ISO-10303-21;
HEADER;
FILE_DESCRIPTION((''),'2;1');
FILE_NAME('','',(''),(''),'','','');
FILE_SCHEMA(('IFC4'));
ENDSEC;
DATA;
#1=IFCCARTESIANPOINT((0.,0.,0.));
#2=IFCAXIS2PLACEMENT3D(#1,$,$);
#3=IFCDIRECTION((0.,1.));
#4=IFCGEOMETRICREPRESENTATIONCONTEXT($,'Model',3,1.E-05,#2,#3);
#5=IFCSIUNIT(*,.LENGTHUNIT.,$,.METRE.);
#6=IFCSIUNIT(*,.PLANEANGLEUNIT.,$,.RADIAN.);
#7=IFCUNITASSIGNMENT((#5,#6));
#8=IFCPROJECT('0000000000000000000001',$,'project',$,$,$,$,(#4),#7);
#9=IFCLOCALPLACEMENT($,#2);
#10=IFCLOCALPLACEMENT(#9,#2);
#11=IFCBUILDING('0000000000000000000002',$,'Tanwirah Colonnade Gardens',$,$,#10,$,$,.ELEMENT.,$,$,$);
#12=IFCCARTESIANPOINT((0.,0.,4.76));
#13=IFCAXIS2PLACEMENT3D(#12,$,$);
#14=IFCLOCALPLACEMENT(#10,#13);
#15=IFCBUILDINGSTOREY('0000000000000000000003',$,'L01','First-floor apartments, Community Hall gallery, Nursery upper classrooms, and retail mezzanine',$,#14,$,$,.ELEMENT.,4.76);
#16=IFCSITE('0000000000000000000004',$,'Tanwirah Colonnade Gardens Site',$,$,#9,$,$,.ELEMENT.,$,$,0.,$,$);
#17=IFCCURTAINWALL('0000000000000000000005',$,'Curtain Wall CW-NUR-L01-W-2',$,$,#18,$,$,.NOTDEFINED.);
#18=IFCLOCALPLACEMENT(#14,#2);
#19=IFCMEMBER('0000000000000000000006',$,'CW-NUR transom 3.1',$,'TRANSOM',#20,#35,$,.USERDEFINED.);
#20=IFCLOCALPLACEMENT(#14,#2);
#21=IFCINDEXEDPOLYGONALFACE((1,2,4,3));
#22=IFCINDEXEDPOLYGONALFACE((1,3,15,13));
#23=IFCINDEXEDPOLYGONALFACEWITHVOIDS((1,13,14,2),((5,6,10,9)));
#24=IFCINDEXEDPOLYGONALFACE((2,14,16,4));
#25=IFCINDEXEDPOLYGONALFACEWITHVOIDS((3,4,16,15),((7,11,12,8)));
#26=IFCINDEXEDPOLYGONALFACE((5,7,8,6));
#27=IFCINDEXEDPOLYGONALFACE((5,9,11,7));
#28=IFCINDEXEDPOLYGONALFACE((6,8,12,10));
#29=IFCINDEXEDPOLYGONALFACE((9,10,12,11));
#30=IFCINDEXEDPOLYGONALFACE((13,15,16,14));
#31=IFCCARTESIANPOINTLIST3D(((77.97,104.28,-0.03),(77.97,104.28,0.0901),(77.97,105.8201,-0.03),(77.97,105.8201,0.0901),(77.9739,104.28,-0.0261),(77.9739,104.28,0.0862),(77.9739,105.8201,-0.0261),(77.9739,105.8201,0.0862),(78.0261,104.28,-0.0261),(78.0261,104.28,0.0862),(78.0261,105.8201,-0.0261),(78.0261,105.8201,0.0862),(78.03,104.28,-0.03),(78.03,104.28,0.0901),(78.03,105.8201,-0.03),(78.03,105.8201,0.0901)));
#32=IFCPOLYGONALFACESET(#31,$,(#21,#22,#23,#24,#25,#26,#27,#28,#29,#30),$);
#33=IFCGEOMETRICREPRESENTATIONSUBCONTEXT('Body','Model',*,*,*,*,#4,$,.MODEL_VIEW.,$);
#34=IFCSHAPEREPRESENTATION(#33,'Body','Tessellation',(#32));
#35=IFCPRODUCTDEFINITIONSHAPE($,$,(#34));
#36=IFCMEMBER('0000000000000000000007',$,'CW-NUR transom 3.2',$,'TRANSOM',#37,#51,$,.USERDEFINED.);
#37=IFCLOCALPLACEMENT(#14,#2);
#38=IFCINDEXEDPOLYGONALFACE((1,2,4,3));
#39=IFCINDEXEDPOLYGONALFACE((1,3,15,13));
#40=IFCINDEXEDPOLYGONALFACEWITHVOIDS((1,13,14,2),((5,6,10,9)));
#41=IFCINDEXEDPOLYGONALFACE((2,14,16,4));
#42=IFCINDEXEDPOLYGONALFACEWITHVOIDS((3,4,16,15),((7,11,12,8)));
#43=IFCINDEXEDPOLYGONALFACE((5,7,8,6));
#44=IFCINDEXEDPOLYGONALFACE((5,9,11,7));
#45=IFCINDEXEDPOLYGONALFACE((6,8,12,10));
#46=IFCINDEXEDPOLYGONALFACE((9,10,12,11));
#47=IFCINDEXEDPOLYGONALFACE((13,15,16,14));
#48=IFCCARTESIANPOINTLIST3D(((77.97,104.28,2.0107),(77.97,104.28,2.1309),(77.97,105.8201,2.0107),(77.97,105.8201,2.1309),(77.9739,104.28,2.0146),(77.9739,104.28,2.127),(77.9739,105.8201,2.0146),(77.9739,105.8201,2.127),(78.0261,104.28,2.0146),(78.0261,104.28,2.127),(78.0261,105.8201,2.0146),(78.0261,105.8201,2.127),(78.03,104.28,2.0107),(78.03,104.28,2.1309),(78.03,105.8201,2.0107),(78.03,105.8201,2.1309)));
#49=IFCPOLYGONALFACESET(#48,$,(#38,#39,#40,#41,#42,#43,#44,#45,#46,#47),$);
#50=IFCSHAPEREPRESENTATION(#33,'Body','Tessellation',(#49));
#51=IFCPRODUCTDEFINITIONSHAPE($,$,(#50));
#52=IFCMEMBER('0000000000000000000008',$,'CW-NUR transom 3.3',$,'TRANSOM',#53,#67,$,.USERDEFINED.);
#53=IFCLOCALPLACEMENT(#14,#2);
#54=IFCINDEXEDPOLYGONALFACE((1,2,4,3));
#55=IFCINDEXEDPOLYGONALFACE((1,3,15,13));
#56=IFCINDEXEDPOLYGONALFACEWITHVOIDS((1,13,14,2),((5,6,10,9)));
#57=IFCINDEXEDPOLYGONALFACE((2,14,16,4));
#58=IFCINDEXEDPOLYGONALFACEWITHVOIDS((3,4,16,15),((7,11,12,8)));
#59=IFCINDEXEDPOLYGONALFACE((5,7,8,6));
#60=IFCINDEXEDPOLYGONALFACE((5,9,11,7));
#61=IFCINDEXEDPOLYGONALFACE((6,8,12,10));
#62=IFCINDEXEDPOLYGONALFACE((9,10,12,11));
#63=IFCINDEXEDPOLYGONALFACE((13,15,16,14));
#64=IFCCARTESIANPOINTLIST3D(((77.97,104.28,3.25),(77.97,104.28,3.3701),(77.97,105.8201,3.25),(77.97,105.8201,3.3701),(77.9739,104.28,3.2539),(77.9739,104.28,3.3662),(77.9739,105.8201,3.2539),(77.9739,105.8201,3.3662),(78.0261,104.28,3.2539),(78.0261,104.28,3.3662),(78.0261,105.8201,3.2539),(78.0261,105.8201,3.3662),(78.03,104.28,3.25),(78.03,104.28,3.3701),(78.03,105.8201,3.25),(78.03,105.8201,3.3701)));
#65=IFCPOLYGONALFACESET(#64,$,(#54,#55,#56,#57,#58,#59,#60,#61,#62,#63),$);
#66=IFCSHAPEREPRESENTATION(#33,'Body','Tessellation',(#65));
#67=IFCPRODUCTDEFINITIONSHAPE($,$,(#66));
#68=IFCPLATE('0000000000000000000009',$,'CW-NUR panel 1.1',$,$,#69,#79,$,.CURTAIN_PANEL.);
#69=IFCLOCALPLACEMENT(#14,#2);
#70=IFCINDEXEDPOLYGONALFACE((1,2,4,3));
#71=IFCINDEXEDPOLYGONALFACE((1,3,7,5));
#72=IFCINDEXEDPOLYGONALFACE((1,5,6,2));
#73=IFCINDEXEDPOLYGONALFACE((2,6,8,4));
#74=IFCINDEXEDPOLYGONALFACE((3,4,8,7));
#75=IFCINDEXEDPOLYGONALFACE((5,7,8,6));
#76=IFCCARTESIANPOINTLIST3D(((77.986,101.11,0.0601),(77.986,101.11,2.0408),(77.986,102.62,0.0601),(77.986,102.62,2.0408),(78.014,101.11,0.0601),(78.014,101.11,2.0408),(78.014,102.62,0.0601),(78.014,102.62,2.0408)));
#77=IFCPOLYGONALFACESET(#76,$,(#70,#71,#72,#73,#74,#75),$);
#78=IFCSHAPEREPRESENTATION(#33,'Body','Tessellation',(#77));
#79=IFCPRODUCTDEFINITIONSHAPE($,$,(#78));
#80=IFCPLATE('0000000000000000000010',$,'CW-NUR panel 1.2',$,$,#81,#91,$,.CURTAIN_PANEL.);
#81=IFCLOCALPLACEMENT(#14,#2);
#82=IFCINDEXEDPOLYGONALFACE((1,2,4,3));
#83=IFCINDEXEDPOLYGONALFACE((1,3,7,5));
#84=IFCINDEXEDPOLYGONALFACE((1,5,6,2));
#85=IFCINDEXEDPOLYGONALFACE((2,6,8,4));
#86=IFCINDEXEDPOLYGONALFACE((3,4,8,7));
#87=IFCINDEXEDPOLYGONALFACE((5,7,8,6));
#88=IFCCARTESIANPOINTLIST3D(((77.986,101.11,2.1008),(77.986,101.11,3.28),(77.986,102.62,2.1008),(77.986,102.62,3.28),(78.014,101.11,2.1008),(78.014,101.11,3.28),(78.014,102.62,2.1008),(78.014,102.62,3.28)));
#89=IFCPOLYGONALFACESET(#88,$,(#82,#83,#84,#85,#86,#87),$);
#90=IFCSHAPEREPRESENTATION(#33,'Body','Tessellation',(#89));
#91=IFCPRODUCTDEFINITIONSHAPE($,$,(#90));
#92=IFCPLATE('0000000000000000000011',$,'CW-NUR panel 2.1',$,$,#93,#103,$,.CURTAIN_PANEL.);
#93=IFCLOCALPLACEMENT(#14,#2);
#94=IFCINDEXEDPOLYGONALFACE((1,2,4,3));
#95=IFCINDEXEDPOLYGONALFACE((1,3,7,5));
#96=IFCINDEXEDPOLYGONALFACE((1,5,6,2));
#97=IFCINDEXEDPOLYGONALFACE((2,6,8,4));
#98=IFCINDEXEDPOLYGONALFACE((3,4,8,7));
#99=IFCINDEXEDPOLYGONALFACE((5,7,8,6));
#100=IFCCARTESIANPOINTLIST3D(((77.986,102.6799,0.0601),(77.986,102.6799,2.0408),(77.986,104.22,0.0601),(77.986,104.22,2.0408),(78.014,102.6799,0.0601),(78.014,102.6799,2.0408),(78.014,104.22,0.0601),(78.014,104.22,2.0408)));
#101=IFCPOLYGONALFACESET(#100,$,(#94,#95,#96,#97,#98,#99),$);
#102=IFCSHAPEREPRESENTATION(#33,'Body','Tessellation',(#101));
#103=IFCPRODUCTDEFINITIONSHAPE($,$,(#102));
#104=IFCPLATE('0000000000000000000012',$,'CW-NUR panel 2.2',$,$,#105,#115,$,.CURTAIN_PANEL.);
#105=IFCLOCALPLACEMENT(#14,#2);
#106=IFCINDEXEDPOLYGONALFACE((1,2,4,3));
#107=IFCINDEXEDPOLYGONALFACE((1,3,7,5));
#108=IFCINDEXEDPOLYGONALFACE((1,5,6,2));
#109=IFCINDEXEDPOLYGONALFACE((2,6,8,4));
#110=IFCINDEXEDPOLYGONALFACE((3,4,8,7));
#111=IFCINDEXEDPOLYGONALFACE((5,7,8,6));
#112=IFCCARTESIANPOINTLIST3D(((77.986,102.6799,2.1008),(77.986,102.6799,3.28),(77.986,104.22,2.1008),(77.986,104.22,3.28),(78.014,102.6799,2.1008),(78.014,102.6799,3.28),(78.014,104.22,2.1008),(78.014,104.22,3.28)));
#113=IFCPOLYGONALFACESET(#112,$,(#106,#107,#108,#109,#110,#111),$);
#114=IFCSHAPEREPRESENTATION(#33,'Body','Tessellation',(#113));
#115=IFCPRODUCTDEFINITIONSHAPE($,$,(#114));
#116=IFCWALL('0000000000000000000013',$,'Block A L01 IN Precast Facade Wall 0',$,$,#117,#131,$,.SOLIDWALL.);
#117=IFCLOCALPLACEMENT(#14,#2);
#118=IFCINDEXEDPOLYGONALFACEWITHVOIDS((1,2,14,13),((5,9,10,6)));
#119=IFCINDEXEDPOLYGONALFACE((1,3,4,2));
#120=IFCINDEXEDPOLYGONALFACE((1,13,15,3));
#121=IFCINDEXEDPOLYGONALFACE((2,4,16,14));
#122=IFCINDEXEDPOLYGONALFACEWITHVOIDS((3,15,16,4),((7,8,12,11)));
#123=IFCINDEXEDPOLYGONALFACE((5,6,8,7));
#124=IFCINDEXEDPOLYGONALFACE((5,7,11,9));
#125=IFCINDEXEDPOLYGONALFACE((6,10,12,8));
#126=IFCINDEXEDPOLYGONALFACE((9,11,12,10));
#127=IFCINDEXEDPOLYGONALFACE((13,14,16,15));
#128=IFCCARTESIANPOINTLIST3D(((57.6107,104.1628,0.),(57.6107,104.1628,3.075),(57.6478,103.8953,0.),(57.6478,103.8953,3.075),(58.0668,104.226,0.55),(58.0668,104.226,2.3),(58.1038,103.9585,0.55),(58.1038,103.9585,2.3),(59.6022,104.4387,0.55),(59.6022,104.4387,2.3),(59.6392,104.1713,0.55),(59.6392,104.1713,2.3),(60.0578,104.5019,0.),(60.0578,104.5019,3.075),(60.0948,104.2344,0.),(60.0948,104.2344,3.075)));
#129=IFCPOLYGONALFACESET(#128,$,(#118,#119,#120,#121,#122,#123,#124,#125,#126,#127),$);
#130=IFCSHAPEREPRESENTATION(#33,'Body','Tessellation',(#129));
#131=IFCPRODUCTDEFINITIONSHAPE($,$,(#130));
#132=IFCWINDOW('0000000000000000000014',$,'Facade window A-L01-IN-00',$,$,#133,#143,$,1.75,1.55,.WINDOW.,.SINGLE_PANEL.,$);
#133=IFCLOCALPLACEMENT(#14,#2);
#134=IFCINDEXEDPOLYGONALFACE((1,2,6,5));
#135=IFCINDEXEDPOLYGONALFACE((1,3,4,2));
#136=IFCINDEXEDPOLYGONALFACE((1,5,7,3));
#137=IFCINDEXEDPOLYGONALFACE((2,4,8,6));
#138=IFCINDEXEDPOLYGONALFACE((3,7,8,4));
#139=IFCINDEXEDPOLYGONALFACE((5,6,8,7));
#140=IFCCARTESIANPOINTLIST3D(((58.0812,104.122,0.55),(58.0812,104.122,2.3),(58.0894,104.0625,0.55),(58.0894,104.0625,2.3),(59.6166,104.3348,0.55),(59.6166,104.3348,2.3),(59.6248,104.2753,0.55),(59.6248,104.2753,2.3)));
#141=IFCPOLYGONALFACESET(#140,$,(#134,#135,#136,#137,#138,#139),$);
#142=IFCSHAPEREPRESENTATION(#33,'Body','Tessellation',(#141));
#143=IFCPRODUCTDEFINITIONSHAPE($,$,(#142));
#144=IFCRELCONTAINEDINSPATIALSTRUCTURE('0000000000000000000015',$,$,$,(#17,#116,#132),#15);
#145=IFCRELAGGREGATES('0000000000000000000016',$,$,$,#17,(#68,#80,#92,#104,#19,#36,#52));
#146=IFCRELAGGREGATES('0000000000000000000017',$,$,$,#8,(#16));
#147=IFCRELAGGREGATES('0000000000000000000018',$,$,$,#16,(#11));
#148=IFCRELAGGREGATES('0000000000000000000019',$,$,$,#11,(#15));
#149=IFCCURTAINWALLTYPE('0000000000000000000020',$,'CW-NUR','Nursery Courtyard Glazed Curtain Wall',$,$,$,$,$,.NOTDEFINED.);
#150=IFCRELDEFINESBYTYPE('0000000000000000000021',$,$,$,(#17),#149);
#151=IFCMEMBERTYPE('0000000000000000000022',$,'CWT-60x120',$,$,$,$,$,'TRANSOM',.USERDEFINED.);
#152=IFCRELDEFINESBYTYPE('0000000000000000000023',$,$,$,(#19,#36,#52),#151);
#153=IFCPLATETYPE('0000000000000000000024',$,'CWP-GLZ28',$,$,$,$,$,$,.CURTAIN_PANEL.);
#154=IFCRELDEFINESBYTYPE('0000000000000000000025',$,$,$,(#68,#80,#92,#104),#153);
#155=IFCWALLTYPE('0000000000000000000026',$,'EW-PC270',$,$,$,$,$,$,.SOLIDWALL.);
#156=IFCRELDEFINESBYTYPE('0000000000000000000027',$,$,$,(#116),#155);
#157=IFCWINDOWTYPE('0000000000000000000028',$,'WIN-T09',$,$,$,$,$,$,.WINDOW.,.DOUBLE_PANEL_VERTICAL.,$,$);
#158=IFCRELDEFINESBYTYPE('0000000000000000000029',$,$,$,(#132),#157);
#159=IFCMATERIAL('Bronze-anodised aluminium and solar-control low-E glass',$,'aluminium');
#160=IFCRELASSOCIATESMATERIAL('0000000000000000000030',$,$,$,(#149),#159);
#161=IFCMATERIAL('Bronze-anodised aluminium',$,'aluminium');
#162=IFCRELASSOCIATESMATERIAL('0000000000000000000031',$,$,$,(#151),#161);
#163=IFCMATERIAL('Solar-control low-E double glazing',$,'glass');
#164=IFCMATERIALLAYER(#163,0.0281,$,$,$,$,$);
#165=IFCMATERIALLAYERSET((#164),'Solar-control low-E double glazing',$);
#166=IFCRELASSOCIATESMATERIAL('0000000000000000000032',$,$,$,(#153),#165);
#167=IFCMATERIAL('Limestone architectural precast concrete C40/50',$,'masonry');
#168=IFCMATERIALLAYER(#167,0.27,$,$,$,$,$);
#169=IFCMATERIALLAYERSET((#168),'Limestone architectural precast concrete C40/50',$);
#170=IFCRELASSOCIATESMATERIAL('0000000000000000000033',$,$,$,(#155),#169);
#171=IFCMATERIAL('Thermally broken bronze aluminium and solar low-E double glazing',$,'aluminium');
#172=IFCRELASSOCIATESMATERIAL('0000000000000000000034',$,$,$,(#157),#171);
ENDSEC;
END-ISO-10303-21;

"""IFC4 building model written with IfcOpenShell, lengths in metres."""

from ifc_helpers import new_model, si_unit, direction, frame, frame_2d, origin, origin_2d, place, context, subcontext, project, spatial, rectangle, hollow_rectangle, extrude, material, layer, layer_set, material_profile, profile_set, type_object, element, fill, aggregate, save


model = new_model("IFC4")

# Units and contexts
model_context = context("Model", 3, precision=1e-05, world=origin(), true_north=direction((0.0, 1.0)))
body_context = subcontext(model_context, "Body", "Model", "MODEL_VIEW")
ifc_project = project(units=[si_unit("LENGTHUNIT", "METRE"), si_unit("PLANEANGLEUNIT", "RADIAN")], contexts=[model_context])

# Site, building, storey
site_placement = place(None, origin())
site = spatial("IfcSite", under=ifc_project, at=site_placement, Name="Tanwirah Colonnade Gardens Site", CompositionType="ELEMENT", RefElevation=0.0)
building_placement = place(site_placement, origin())
building = spatial("IfcBuilding", under=site, at=building_placement, Name="Tanwirah Colonnade Gardens", CompositionType="ELEMENT")
storey_placement = place(building_placement, frame((0.0, 0.0, 4.76)))
storey = spatial("IfcBuildingStorey", under=building, at=storey_placement, Name="L01", Description="First-floor apartments, Community Hall gallery, Nursery upper classrooms, and retail mezzanine", CompositionType="ELEMENT", Elevation=4.76)

# Shared definitions
ifc_material_1 = material(Name="Bronze-anodised aluminium and solar-control low-E glass", Category="aluminium")
curtain_wall_type = type_object("IfcCurtainWallType", Name="CW-NUR", Description="Nursery Courtyard Glazed Curtain Wall", PredefinedType="NOTDEFINED", material=ifc_material_1)
ifc_material_2 = material(Name="Bronze-anodised aluminium", Category="aluminium")

# Curtain wall, members, plates
curtain_wall_1_placement = place(storey_placement, origin())
curtain_wall_1 = element("IfcCurtainWall", 1, at=curtain_wall_1_placement, inside=storey, type_object=curtain_wall_type, Name="Curtain Wall CW-NUR-L01-W-2", PredefinedType="NOTDEFINED")
ifc_material_profile_1 = material_profile(ifc_material_2, hollow_rectangle(XDim=0.0601, YDim=0.1201, WallThickness=0.0039, at=origin_2d()), Name="CW-TRN 60x120x4")
ifc_profile_set_1 = profile_set([ifc_material_profile_1], Name="Bronze-anodised aluminium")
member_type_1 = type_object("IfcMemberType", Name="CWT-60x120", ElementType="TRANSOM", PredefinedType="USERDEFINED", material=ifc_profile_set_1)
member_1_placement = place(storey_placement, frame((78.0, 104.28, 0.03), z_axis=(0.0, 1.0, 0.0), x_axis=(-1.0, 0.0, 0.0)))
member_1 = element("IfcMember", 2, at=member_1_placement, type_object=member_type_1, Name="CW-NUR transom 3.1", ObjectType="TRANSOM", PredefinedType="USERDEFINED", context=body_context, shape_type="SweptSolid", body=[
    extrude(hollow_rectangle(XDim=0.0601, YDim=0.1201, WallThickness=0.0039, at=origin_2d()), origin(), (0.0, 0.0, 1.0), 1.54),
])
member_2_placement = place(storey_placement, frame((78.0, 104.28, 2.0708), z_axis=(0.0, 1.0, 0.0), x_axis=(-1.0, 0.0, 0.0)))
member_2 = element("IfcMember", 3, at=member_2_placement, type_object=member_type_1, Name="CW-NUR transom 3.2", ObjectType="TRANSOM", PredefinedType="USERDEFINED", context=body_context, shape_type="SweptSolid", body=[
    extrude(hollow_rectangle(XDim=0.0601, YDim=0.1201, WallThickness=0.0039, at=origin_2d()), origin(), (0.0, 0.0, 1.0), 1.54),
])
member_3_placement = place(storey_placement, frame((78.0, 104.28, 3.3101), z_axis=(0.0, 1.0, 0.0), x_axis=(-1.0, 0.0, 0.0)))
member_3 = element("IfcMember", 4, at=member_3_placement, type_object=member_type_1, Name="CW-NUR transom 3.3", ObjectType="TRANSOM", PredefinedType="USERDEFINED", context=body_context, shape_type="SweptSolid", body=[
    extrude(hollow_rectangle(XDim=0.0601, YDim=0.1201, WallThickness=0.0039, at=origin_2d()), origin(), (0.0, 0.0, 1.0), 1.54),
])
ifc_material_3 = material(Name="Solar-control low-E double glazing", Category="glass")
ifc_layer_1 = layer(ifc_material_3, 0.0281)
ifc_layer_set_1 = layer_set([ifc_layer_1], Name="Solar-control low-E double glazing")
plate_type = type_object("IfcPlateType", Name="CWP-GLZ28", PredefinedType="CURTAIN_PANEL", material=ifc_layer_set_1)
plate_1_placement = place(storey_placement, frame((78.0, 101.865, 0.0601), z_axis=(0.0, 0.0, 1.0), x_axis=(0.0, 1.0, 0.0)))
plate_1 = element("IfcPlate", 5, at=plate_1_placement, type_object=plate_type, Name="CW-NUR panel 1.1", PredefinedType="CURTAIN_PANEL", context=body_context, shape_type="SweptSolid", body=[
    extrude(rectangle(XDim=1.51, YDim=0.0281, at=origin_2d()), origin(), (0.0, 0.0, 1.0), 1.9807),
])
plate_2_placement = place(storey_placement, frame((78.0, 101.865, 2.1008), z_axis=(0.0, 0.0, 1.0), x_axis=(0.0, 1.0, 0.0)))
plate_2 = element("IfcPlate", 6, at=plate_2_placement, type_object=plate_type, Name="CW-NUR panel 1.2", PredefinedType="CURTAIN_PANEL", context=body_context, shape_type="SweptSolid", body=[
    extrude(rectangle(XDim=1.51, YDim=0.0281, at=origin_2d()), origin(), (0.0, 0.0, 1.0), 1.1792),
])
plate_3_placement = place(storey_placement, frame((78.0, 103.45, 0.0601), z_axis=(0.0, 0.0, 1.0), x_axis=(0.0, 1.0, 0.0)))
plate_3 = element("IfcPlate", 7, at=plate_3_placement, type_object=plate_type, Name="CW-NUR panel 2.1", PredefinedType="CURTAIN_PANEL", context=body_context, shape_type="SweptSolid", body=[
    extrude(rectangle(XDim=1.54, YDim=0.0281, at=origin_2d()), origin(), (0.0, 0.0, 1.0), 1.9807),
])
plate_4_placement = place(storey_placement, frame((78.0, 103.45, 2.1008), z_axis=(0.0, 0.0, 1.0), x_axis=(0.0, 1.0, 0.0)))
plate_4 = element("IfcPlate", 8, at=plate_4_placement, type_object=plate_type, Name="CW-NUR panel 2.2", PredefinedType="CURTAIN_PANEL", context=body_context, shape_type="SweptSolid", body=[
    extrude(rectangle(XDim=1.54, YDim=0.0281, at=origin_2d()), origin(), (0.0, 0.0, 1.0), 1.1792),
])
aggregate(curtain_wall_1, [plate_1, plate_2, plate_3, plate_4, member_1, member_2, member_3])

# Wall, opening, window
ifc_material_4 = material(Name="Limestone architectural precast concrete C40/50", Category="masonry")
ifc_layer_2 = layer(ifc_material_4, 0.27)
ifc_layer_set_2 = layer_set([ifc_layer_2], Name="Limestone architectural precast concrete C40/50")
wall_type = type_object("IfcWallType", Name="EW-PC270", PredefinedType="SOLIDWALL", material=ifc_layer_set_2)
wall_placement = place(storey_placement, frame((60.0764, 104.3682, 0.0), z_axis=(0.0, 0.0, 1.0), x_axis=(-0.990534, -0.137269, 0.0)))
wall = element("IfcWall", 9, at=wall_placement, inside=storey, type_object=wall_type, Name="Block A L01 IN Precast Facade Wall 0", PredefinedType="SOLIDWALL", context=body_context, shape_type="SweptSolid", body=[
    extrude(rectangle(XDim=2.4705, YDim=0.27, at=frame_2d((1.2354, 0.0))), origin(), (0.0, 0.0, 1.0), 3.075),
])
opening_placement = place(wall_placement, frame((0.4602, 0.0, 0.55)))
opening = element("IfcOpeningElement", 10, at=opening_placement, cuts=wall, PredefinedType="OPENING", context=body_context, shape_type="SweptSolid", body=[
    extrude(rectangle(XDim=1.55, YDim=1.75, at=frame_2d((0.7749, 0.875))), frame((0.0, 0.145, 0.0), z_axis=(0.0, -1.0, 0.0), x_axis=(1.0, 0.0, 0.0)), (0.0, 0.0, 1.0), 0.29),
])
ifc_material_5 = material(Name="Thermally broken bronze aluminium and solar low-E double glazing", Category="aluminium")
window_type = type_object("IfcWindowType", Name="WIN-T09", PartitioningType="DOUBLE_PANEL_VERTICAL", PredefinedType="WINDOW", material=ifc_material_5)
window_placement = place(opening_placement, origin())
window = element("IfcWindow", 11, at=window_placement, inside=storey, type_object=window_type, Name="Facade window A-L01-IN-00", OverallHeight=1.75, OverallWidth=1.55, PartitioningType="SINGLE_PANEL", PredefinedType="WINDOW", context=body_context, shape_type="SweptSolid", body=[
    extrude(rectangle(XDim=1.55, YDim=1.75, at=frame_2d((0.7749, 0.875))), frame((0.0, 0.03, 0.0), z_axis=(0.0, -1.0, 0.0), x_axis=(1.0, 0.0, 0.0)), (0.0, 0.0, 1.0), 0.0601),
])
fill(opening, window)

save(model, "model.ifc")
